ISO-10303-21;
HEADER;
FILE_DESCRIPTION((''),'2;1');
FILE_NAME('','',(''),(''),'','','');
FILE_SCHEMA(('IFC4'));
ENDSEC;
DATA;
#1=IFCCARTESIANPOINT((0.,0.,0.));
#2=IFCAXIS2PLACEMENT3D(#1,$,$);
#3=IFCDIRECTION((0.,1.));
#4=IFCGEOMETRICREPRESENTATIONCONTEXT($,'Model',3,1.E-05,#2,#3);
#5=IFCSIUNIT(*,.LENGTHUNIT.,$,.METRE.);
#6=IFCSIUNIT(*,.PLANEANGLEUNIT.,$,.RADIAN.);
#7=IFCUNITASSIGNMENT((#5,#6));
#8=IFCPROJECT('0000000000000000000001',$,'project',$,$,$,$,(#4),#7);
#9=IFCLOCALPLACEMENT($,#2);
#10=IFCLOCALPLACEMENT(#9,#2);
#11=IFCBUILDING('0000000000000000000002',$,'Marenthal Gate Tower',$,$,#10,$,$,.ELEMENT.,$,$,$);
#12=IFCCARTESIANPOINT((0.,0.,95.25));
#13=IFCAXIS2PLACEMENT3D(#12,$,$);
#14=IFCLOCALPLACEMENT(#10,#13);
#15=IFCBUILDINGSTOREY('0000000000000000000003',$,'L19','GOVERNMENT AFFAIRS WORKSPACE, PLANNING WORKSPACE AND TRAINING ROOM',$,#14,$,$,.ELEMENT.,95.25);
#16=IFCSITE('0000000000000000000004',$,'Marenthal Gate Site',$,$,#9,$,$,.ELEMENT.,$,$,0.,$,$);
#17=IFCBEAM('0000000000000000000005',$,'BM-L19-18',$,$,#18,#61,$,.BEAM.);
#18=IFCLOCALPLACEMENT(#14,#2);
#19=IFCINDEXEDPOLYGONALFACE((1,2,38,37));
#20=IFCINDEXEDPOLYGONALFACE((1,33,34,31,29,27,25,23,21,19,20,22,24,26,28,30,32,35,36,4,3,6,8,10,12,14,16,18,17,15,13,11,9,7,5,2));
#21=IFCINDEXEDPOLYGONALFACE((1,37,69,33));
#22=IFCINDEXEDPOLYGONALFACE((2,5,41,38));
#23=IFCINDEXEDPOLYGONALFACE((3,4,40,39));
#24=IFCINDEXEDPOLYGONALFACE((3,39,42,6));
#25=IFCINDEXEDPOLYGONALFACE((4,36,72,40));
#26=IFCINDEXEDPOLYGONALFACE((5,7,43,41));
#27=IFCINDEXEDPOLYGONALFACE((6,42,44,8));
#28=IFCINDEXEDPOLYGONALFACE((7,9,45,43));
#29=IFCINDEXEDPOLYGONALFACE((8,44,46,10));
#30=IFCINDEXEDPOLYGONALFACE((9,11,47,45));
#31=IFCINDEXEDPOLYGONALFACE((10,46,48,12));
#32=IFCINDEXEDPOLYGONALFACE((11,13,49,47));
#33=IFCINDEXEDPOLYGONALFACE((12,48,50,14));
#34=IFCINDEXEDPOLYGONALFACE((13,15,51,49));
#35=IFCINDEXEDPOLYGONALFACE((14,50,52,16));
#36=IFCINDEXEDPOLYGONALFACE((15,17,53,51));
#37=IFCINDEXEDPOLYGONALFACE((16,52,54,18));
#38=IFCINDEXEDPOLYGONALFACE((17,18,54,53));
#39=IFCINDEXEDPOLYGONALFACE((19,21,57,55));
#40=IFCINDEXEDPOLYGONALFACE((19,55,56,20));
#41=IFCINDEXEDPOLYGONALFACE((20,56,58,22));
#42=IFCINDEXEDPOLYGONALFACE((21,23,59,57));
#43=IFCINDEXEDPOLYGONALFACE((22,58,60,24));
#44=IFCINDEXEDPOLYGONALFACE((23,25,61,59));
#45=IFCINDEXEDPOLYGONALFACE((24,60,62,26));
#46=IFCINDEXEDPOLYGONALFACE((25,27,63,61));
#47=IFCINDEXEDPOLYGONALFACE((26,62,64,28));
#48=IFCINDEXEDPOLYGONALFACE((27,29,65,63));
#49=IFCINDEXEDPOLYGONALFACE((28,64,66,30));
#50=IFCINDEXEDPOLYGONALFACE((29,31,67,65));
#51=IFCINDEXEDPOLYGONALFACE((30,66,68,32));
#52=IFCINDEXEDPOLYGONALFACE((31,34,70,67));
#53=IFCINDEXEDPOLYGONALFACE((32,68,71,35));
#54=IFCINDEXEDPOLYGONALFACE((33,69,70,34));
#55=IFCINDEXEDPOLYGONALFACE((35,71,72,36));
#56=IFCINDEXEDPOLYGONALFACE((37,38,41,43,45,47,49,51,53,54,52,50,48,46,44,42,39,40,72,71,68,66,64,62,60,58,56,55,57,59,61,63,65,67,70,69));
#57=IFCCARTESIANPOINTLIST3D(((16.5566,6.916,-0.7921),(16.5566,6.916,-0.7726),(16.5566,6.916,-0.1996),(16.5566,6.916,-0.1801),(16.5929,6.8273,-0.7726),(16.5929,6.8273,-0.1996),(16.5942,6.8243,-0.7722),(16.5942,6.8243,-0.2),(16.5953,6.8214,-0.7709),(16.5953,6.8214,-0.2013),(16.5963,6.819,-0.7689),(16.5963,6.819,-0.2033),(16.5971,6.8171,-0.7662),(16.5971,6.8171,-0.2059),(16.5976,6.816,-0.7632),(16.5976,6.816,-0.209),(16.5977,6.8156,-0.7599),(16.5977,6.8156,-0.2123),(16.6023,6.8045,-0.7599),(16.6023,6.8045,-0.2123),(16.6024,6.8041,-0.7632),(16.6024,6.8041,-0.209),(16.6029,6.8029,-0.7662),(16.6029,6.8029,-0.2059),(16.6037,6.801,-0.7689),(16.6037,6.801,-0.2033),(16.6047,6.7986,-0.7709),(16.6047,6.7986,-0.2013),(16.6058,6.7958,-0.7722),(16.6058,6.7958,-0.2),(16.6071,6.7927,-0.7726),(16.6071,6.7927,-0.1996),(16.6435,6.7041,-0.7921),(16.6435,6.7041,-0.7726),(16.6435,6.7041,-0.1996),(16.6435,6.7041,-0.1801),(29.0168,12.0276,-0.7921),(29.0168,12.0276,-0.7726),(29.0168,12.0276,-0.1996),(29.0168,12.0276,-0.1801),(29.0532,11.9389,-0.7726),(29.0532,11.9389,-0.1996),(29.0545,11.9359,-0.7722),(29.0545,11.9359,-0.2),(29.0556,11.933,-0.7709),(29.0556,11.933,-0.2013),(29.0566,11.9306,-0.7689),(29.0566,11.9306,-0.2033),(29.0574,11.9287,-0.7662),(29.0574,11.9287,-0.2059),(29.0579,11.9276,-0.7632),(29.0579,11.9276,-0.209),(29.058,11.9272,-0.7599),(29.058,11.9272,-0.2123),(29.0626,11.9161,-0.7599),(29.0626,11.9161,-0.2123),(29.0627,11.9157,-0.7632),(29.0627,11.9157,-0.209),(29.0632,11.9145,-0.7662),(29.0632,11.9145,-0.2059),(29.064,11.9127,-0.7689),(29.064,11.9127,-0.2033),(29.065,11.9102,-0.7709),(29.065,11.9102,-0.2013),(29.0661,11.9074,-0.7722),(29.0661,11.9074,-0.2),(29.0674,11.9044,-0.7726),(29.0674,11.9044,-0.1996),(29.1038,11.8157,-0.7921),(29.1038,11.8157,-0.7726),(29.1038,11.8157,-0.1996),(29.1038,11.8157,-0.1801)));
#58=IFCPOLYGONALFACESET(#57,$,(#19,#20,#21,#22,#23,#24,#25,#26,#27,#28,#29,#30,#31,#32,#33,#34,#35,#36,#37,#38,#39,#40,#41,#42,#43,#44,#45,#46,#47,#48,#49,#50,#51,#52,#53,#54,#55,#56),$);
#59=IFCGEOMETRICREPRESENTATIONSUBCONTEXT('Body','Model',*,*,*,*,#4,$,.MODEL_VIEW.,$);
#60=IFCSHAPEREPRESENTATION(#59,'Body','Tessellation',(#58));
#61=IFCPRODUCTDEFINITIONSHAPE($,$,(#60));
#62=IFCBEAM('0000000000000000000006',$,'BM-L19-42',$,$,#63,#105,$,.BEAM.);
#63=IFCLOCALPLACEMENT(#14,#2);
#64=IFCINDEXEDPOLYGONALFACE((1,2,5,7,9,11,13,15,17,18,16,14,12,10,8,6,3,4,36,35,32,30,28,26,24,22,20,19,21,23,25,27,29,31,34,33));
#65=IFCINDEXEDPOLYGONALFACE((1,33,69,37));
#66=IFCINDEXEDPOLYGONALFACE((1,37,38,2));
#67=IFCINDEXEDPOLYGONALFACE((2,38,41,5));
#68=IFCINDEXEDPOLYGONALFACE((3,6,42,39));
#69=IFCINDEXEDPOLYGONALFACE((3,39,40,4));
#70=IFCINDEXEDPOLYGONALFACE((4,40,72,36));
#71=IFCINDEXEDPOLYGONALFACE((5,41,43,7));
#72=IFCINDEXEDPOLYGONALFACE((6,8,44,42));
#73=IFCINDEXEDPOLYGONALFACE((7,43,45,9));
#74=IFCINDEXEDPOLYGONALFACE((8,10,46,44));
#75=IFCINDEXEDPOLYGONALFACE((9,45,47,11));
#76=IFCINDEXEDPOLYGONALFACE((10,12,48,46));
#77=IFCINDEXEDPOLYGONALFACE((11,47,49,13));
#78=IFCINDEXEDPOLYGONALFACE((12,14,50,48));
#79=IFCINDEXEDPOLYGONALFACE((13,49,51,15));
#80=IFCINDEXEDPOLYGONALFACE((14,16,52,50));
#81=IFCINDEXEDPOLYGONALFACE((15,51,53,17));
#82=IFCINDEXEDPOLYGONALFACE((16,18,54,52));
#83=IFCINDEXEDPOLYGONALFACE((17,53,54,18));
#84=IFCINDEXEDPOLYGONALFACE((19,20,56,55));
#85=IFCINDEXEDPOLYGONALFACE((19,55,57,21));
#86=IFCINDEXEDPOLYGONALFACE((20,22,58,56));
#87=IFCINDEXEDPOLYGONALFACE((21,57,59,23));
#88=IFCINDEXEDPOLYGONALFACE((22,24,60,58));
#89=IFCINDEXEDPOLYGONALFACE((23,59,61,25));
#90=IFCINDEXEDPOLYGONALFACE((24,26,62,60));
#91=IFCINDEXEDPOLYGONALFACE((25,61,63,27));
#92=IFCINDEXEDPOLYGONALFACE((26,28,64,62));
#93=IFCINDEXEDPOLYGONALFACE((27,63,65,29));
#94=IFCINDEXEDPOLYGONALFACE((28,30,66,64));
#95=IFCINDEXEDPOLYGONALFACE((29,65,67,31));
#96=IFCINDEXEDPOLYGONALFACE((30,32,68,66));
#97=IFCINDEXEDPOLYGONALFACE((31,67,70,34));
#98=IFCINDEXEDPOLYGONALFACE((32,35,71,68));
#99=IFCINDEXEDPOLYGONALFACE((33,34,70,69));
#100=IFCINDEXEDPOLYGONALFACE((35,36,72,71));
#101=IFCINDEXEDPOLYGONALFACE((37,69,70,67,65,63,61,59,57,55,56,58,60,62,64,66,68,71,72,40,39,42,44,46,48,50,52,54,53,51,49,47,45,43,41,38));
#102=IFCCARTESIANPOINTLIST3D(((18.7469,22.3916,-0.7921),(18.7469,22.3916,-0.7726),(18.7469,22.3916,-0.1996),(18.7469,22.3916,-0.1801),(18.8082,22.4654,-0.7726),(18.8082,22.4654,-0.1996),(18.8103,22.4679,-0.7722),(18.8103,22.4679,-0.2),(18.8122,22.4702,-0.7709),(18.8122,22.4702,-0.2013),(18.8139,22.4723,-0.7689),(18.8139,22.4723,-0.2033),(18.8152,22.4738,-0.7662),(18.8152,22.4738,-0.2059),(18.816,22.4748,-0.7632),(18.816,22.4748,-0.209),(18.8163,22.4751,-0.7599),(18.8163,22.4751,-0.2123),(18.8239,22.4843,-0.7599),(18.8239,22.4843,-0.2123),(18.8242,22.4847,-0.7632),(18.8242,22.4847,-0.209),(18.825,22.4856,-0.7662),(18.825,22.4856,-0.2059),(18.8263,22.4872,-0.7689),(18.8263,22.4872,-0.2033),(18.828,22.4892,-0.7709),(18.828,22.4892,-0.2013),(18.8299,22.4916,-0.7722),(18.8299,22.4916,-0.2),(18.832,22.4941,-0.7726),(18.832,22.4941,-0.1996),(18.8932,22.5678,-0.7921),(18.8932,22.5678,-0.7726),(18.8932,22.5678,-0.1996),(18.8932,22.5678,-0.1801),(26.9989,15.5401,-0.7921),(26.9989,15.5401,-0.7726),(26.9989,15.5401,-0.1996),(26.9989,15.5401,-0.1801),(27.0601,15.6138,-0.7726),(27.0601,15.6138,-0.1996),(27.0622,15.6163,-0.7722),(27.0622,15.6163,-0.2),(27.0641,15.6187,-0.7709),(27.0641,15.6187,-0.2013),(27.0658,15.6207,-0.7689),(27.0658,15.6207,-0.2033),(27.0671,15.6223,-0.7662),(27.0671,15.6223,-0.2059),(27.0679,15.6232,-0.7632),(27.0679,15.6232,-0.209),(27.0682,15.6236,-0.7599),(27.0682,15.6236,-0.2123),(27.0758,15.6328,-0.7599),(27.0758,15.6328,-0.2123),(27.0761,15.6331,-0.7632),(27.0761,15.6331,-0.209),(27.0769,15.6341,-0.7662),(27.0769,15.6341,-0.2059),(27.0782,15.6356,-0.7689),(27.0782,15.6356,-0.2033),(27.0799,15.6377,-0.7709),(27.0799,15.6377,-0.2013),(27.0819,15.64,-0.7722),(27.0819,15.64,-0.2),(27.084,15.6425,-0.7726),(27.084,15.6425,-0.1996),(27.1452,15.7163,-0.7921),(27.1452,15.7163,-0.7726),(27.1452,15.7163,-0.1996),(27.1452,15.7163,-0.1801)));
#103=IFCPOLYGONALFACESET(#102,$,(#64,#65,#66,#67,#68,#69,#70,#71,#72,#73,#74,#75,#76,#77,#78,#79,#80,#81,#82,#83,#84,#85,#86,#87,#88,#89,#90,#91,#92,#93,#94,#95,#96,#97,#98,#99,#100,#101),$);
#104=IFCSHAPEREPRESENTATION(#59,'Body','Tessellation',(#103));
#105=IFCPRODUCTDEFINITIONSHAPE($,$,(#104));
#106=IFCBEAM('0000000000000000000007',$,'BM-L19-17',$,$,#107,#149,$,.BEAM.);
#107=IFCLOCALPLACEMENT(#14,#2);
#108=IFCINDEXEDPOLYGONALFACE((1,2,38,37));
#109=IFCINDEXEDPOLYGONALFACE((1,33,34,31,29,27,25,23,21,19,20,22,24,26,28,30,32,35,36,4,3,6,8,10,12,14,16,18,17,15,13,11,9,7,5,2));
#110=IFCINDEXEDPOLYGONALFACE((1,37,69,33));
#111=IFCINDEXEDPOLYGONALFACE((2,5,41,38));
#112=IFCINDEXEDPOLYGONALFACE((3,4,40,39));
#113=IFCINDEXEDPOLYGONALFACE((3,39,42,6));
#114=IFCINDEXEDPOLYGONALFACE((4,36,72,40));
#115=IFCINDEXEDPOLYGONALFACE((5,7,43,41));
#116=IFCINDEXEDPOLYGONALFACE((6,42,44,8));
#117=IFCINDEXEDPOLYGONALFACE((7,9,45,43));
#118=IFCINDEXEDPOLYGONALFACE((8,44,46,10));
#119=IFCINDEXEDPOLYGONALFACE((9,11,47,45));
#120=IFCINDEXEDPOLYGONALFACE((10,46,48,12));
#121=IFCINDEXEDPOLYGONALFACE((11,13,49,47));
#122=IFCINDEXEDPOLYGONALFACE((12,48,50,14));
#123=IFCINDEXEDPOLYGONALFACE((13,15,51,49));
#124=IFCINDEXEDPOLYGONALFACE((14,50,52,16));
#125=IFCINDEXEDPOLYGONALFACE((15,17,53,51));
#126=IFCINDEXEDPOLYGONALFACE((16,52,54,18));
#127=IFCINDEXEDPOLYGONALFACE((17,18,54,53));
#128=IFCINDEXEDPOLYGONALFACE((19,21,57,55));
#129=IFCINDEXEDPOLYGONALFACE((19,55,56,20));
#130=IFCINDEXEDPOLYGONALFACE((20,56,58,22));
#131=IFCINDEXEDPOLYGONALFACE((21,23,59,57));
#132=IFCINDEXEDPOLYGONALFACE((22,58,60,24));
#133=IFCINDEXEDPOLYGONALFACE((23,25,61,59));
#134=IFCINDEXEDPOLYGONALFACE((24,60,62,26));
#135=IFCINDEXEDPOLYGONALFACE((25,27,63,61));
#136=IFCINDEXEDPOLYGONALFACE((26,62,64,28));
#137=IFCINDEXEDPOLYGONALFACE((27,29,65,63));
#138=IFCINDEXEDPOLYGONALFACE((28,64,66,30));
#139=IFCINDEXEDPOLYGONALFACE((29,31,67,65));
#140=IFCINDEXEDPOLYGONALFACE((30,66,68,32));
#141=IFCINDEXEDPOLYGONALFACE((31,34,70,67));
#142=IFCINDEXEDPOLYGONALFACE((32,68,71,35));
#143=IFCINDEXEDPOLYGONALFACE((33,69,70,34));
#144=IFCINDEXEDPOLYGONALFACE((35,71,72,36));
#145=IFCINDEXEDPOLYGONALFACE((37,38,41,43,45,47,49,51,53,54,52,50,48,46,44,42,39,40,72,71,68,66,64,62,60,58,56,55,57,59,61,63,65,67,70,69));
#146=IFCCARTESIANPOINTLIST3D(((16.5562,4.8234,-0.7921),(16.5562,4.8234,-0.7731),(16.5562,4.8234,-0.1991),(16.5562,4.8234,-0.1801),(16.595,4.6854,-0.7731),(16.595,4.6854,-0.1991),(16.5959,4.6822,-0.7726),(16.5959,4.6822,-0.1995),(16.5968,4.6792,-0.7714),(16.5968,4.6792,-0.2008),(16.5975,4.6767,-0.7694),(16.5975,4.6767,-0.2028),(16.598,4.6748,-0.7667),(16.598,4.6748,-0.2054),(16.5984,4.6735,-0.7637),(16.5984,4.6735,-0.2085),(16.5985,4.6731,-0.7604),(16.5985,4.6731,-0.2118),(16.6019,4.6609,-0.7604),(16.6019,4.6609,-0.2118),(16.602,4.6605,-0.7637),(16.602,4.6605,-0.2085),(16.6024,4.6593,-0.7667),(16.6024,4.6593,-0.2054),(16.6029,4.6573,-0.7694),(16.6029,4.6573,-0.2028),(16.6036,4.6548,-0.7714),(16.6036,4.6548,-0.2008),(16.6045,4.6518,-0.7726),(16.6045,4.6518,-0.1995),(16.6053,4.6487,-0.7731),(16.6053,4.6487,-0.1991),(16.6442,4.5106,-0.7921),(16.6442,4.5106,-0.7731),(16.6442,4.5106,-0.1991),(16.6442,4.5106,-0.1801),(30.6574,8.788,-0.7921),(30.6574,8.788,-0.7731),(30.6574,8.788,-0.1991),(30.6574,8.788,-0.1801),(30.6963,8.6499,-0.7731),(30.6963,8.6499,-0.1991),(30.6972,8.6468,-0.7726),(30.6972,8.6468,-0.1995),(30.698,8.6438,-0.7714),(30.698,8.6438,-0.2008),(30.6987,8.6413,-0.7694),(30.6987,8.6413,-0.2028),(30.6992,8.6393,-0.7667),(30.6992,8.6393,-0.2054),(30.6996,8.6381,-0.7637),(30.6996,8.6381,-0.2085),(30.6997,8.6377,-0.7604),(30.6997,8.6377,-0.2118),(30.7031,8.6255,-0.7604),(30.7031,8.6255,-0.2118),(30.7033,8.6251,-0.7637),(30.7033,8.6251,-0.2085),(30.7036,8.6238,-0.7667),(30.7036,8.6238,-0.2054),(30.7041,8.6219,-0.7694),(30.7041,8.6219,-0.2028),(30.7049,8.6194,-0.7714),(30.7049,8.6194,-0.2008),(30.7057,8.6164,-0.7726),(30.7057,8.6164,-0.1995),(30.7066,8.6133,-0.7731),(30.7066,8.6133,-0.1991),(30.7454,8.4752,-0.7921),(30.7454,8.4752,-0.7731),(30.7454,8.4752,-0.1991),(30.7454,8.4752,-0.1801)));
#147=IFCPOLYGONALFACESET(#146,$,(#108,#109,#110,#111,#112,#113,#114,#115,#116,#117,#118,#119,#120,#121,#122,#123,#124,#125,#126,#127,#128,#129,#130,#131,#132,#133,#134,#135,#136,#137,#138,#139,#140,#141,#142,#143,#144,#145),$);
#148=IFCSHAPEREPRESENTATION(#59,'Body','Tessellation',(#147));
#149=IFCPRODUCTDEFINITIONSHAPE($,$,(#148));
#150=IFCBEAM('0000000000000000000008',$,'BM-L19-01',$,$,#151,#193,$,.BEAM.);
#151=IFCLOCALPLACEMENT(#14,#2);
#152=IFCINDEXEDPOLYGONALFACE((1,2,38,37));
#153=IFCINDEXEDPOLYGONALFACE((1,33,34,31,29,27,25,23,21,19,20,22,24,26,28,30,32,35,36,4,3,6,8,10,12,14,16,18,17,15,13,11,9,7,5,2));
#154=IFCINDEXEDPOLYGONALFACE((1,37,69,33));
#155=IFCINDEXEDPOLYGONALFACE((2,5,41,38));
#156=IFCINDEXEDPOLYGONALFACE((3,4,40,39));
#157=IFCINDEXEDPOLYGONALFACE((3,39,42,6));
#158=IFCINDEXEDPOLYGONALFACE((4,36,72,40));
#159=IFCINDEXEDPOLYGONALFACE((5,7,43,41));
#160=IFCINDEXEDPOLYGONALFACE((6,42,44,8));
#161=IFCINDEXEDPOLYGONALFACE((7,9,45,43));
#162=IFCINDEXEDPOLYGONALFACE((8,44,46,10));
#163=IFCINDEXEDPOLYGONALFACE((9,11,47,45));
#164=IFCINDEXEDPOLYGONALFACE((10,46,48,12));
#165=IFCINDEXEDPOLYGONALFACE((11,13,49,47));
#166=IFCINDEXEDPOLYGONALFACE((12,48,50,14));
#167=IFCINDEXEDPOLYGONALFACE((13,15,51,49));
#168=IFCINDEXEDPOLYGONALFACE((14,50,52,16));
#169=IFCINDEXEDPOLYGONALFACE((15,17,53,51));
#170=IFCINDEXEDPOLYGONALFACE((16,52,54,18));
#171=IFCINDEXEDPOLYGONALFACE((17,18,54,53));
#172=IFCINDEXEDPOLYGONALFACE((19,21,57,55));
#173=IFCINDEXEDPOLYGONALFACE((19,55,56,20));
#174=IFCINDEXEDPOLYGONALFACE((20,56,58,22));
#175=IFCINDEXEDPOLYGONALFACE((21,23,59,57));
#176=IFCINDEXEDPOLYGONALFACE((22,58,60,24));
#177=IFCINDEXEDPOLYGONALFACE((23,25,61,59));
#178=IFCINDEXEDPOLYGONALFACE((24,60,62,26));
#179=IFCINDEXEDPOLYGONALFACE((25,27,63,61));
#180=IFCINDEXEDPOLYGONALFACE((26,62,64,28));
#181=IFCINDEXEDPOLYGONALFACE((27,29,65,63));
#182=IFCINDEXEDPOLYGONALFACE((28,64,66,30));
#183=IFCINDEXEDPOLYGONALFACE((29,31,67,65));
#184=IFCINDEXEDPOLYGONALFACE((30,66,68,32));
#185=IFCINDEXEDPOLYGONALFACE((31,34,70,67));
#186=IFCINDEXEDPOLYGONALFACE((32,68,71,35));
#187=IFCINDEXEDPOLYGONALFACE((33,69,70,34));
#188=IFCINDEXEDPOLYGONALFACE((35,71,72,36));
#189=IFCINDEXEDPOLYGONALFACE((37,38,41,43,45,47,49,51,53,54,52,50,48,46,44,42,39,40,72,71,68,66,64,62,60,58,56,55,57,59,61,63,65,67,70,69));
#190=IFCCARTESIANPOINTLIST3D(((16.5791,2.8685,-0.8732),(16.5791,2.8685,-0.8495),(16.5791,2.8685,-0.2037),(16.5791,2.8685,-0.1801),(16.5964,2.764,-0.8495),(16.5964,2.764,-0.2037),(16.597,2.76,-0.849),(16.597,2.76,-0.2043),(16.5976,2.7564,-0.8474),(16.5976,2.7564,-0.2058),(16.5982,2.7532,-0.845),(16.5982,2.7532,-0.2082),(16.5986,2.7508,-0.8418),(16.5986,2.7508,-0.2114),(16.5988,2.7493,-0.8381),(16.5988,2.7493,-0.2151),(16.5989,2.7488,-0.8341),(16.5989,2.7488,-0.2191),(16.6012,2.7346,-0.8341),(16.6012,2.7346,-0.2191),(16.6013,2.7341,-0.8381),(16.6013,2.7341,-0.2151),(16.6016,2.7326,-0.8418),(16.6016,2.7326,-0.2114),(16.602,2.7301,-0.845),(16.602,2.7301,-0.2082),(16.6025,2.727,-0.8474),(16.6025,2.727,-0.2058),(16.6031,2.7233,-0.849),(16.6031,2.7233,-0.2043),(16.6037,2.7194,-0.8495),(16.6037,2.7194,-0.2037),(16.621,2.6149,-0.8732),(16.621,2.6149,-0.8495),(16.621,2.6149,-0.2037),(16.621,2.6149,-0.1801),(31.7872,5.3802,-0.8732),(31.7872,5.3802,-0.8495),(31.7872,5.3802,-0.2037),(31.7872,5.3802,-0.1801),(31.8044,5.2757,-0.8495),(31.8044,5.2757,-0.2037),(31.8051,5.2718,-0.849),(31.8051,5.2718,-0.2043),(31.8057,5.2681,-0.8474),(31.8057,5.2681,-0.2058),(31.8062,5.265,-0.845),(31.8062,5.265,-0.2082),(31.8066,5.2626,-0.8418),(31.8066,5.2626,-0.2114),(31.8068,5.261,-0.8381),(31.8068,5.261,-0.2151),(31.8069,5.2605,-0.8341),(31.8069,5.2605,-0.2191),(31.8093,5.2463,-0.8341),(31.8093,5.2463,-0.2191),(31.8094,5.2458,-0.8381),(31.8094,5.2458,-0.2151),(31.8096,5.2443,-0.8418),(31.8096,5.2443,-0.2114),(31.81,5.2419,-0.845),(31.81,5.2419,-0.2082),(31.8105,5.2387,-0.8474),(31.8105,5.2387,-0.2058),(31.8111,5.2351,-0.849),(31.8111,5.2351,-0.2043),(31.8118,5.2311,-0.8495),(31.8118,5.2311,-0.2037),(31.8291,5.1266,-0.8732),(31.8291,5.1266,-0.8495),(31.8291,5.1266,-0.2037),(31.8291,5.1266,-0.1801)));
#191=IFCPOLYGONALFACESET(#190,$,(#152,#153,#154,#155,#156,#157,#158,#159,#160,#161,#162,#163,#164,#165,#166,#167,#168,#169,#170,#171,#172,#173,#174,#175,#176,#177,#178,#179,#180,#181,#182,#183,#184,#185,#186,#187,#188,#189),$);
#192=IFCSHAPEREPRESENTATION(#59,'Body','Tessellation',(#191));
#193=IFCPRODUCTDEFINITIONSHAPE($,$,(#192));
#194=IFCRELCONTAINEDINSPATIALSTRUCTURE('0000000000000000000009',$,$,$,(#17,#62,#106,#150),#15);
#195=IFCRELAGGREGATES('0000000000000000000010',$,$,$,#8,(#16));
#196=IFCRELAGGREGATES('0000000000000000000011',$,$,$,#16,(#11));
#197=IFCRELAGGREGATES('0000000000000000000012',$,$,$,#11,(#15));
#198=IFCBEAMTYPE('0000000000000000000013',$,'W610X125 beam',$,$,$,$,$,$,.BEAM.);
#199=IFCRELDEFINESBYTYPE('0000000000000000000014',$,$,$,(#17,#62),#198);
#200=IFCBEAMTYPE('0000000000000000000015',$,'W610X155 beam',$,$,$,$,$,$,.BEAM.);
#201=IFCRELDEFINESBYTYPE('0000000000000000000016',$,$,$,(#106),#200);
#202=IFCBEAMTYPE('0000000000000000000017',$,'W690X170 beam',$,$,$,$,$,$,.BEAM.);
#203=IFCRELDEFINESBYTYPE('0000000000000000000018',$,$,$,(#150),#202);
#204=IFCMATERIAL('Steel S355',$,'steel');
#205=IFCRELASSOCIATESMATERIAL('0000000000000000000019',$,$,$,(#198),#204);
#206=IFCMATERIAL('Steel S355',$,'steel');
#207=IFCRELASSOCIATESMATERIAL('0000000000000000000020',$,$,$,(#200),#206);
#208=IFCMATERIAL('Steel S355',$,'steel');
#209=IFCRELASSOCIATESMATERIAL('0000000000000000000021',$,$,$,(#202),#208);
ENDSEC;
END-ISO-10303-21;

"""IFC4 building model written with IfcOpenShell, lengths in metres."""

from ifc_helpers import new_model, si_unit, direction, frame, origin, origin_2d, place, context, subcontext, project, spatial, i_section, extrude, material, material_profile, profile_set, type_object, element, save


model = new_model("IFC4")

# Units and contexts
model_context = context("Model", 3, precision=1e-05, world=origin(), true_north=direction((0.0, 1.0)))
body_context = subcontext(model_context, "Body", "Model", "MODEL_VIEW")
ifc_project = project(units=[si_unit("LENGTHUNIT", "METRE"), si_unit("PLANEANGLEUNIT", "RADIAN")], contexts=[model_context])

# Site, building, storey
site_placement = place(None, origin())
site = spatial("IfcSite", under=ifc_project, at=site_placement, Name="Marenthal Gate Site", CompositionType="ELEMENT", RefElevation=0.0)
building_placement = place(site_placement, origin())
building = spatial("IfcBuilding", under=site, at=building_placement, Name="Marenthal Gate Tower", CompositionType="ELEMENT")
storey_placement = place(building_placement, frame((0.0, 0.0, 95.25)))
storey = spatial("IfcBuildingStorey", under=building, at=storey_placement, Name="L19", Description="GOVERNMENT AFFAIRS WORKSPACE, PLANNING WORKSPACE AND TRAINING ROOM", CompositionType="ELEMENT", Elevation=95.25)

# Beams
ifc_material_1 = material(Name="Steel S355", Category="steel")
ifc_material_profile_1 = material_profile(ifc_material_1, i_section(OverallWidth=0.229, OverallDepth=0.6121, WebThickness=0.012, FlangeThickness=0.0195, FilletRadius=0.0127, at=origin_2d()), Name="W610X125")
ifc_profile_set_1 = profile_set([ifc_material_profile_1], Name="Steel S355")
beam_type_1 = type_object("IfcBeamType", Name="W610X125 beam", PredefinedType="BEAM", material=ifc_profile_set_1)
beam_1_placement = place(storey_placement, frame((29.0603, 11.9216, -0.4861), z_axis=(-0.925177, -0.379537, 0.0), x_axis=(0.379537, -0.925177, 0.0)))
element("IfcBeam", 1, at=beam_1_placement, inside=storey, type_object=beam_type_1, Name="BM-L19-18", PredefinedType="BEAM", context=body_context, shape_type="SweptSolid", body=[
    extrude(i_section(OverallWidth=0.229, OverallDepth=0.6121, WebThickness=0.012, FlangeThickness=0.0195, FilletRadius=0.0127, at=origin_2d()), origin(), (0.0, 0.0, 1.0), 13.468),
])
beam_2_placement = place(storey_placement, frame((27.072, 15.6282, -0.4861), z_axis=(-0.769369, 0.638804, 0.0), x_axis=(-0.638804, -0.769369, 0.0)))
element("IfcBeam", 2, at=beam_2_placement, inside=storey, type_object=beam_type_1, Name="BM-L19-42", PredefinedType="BEAM", context=body_context, shape_type="SweptSolid", body=[
    extrude(i_section(OverallWidth=0.229, OverallDepth=0.6121, WebThickness=0.012, FlangeThickness=0.0195, FilletRadius=0.0127, at=origin_2d()), origin(), (0.0, 0.0, 1.0), 10.7256),
])
ifc_material_2 = material(Name="Steel S355", Category="steel")
ifc_material_profile_2 = material_profile(ifc_material_2, i_section(OverallWidth=0.325, OverallDepth=0.6121, WebThickness=0.0127, FlangeThickness=0.019, FilletRadius=0.0127, at=origin_2d()), Name="W610X155")
ifc_profile_set_2 = profile_set([ifc_material_profile_2], Name="Steel S355")
beam_type_2 = type_object("IfcBeamType", Name="W610X155 beam", PredefinedType="BEAM", material=ifc_profile_set_2)
beam_3_placement = place(storey_placement, frame((30.7014, 8.6316, -0.4861), z_axis=(-0.962676, -0.270657, 0.0), x_axis=(0.270657, -0.962676, 0.0)))
element("IfcBeam", 3, at=beam_3_placement, inside=storey, type_object=beam_type_2, Name="BM-L19-17", PredefinedType="BEAM", context=body_context, shape_type="SweptSolid", body=[
    extrude(i_section(OverallWidth=0.325, OverallDepth=0.6121, WebThickness=0.0127, FlangeThickness=0.019, FilletRadius=0.0127, at=origin_2d()), origin(), (0.0, 0.0, 1.0), 14.6479),
])
ifc_material_3 = material(Name="Steel S355", Category="steel")
ifc_material_profile_3 = material_profile(ifc_material_3, i_section(OverallWidth=0.2571, OverallDepth=0.6931, WebThickness=0.0144, FlangeThickness=0.0237, FilletRadius=0.0154, at=origin_2d()), Name="W690X170")
ifc_profile_set_3 = profile_set([ifc_material_profile_3], Name="Steel S355")
beam_type_3 = type_object("IfcBeamType", Name="W690X170 beam", PredefinedType="BEAM", material=ifc_profile_set_3)
beam_4_placement = place(storey_placement, frame((31.8081, 5.2534, -0.5266), z_axis=(-0.986634, -0.16295, 0.0), x_axis=(0.16295, -0.986634, 0.0)))
element("IfcBeam", 4, at=beam_4_placement, inside=storey, type_object=beam_type_3, Name="BM-L19-01", PredefinedType="BEAM", context=body_context, shape_type="SweptSolid", body=[
    extrude(i_section(OverallWidth=0.2571, OverallDepth=0.6931, WebThickness=0.0144, FlangeThickness=0.0237, FilletRadius=0.0154, at=origin_2d()), origin(), (0.0, 0.0, 1.0), 15.4141),
])

save(model, "model.ifc")
